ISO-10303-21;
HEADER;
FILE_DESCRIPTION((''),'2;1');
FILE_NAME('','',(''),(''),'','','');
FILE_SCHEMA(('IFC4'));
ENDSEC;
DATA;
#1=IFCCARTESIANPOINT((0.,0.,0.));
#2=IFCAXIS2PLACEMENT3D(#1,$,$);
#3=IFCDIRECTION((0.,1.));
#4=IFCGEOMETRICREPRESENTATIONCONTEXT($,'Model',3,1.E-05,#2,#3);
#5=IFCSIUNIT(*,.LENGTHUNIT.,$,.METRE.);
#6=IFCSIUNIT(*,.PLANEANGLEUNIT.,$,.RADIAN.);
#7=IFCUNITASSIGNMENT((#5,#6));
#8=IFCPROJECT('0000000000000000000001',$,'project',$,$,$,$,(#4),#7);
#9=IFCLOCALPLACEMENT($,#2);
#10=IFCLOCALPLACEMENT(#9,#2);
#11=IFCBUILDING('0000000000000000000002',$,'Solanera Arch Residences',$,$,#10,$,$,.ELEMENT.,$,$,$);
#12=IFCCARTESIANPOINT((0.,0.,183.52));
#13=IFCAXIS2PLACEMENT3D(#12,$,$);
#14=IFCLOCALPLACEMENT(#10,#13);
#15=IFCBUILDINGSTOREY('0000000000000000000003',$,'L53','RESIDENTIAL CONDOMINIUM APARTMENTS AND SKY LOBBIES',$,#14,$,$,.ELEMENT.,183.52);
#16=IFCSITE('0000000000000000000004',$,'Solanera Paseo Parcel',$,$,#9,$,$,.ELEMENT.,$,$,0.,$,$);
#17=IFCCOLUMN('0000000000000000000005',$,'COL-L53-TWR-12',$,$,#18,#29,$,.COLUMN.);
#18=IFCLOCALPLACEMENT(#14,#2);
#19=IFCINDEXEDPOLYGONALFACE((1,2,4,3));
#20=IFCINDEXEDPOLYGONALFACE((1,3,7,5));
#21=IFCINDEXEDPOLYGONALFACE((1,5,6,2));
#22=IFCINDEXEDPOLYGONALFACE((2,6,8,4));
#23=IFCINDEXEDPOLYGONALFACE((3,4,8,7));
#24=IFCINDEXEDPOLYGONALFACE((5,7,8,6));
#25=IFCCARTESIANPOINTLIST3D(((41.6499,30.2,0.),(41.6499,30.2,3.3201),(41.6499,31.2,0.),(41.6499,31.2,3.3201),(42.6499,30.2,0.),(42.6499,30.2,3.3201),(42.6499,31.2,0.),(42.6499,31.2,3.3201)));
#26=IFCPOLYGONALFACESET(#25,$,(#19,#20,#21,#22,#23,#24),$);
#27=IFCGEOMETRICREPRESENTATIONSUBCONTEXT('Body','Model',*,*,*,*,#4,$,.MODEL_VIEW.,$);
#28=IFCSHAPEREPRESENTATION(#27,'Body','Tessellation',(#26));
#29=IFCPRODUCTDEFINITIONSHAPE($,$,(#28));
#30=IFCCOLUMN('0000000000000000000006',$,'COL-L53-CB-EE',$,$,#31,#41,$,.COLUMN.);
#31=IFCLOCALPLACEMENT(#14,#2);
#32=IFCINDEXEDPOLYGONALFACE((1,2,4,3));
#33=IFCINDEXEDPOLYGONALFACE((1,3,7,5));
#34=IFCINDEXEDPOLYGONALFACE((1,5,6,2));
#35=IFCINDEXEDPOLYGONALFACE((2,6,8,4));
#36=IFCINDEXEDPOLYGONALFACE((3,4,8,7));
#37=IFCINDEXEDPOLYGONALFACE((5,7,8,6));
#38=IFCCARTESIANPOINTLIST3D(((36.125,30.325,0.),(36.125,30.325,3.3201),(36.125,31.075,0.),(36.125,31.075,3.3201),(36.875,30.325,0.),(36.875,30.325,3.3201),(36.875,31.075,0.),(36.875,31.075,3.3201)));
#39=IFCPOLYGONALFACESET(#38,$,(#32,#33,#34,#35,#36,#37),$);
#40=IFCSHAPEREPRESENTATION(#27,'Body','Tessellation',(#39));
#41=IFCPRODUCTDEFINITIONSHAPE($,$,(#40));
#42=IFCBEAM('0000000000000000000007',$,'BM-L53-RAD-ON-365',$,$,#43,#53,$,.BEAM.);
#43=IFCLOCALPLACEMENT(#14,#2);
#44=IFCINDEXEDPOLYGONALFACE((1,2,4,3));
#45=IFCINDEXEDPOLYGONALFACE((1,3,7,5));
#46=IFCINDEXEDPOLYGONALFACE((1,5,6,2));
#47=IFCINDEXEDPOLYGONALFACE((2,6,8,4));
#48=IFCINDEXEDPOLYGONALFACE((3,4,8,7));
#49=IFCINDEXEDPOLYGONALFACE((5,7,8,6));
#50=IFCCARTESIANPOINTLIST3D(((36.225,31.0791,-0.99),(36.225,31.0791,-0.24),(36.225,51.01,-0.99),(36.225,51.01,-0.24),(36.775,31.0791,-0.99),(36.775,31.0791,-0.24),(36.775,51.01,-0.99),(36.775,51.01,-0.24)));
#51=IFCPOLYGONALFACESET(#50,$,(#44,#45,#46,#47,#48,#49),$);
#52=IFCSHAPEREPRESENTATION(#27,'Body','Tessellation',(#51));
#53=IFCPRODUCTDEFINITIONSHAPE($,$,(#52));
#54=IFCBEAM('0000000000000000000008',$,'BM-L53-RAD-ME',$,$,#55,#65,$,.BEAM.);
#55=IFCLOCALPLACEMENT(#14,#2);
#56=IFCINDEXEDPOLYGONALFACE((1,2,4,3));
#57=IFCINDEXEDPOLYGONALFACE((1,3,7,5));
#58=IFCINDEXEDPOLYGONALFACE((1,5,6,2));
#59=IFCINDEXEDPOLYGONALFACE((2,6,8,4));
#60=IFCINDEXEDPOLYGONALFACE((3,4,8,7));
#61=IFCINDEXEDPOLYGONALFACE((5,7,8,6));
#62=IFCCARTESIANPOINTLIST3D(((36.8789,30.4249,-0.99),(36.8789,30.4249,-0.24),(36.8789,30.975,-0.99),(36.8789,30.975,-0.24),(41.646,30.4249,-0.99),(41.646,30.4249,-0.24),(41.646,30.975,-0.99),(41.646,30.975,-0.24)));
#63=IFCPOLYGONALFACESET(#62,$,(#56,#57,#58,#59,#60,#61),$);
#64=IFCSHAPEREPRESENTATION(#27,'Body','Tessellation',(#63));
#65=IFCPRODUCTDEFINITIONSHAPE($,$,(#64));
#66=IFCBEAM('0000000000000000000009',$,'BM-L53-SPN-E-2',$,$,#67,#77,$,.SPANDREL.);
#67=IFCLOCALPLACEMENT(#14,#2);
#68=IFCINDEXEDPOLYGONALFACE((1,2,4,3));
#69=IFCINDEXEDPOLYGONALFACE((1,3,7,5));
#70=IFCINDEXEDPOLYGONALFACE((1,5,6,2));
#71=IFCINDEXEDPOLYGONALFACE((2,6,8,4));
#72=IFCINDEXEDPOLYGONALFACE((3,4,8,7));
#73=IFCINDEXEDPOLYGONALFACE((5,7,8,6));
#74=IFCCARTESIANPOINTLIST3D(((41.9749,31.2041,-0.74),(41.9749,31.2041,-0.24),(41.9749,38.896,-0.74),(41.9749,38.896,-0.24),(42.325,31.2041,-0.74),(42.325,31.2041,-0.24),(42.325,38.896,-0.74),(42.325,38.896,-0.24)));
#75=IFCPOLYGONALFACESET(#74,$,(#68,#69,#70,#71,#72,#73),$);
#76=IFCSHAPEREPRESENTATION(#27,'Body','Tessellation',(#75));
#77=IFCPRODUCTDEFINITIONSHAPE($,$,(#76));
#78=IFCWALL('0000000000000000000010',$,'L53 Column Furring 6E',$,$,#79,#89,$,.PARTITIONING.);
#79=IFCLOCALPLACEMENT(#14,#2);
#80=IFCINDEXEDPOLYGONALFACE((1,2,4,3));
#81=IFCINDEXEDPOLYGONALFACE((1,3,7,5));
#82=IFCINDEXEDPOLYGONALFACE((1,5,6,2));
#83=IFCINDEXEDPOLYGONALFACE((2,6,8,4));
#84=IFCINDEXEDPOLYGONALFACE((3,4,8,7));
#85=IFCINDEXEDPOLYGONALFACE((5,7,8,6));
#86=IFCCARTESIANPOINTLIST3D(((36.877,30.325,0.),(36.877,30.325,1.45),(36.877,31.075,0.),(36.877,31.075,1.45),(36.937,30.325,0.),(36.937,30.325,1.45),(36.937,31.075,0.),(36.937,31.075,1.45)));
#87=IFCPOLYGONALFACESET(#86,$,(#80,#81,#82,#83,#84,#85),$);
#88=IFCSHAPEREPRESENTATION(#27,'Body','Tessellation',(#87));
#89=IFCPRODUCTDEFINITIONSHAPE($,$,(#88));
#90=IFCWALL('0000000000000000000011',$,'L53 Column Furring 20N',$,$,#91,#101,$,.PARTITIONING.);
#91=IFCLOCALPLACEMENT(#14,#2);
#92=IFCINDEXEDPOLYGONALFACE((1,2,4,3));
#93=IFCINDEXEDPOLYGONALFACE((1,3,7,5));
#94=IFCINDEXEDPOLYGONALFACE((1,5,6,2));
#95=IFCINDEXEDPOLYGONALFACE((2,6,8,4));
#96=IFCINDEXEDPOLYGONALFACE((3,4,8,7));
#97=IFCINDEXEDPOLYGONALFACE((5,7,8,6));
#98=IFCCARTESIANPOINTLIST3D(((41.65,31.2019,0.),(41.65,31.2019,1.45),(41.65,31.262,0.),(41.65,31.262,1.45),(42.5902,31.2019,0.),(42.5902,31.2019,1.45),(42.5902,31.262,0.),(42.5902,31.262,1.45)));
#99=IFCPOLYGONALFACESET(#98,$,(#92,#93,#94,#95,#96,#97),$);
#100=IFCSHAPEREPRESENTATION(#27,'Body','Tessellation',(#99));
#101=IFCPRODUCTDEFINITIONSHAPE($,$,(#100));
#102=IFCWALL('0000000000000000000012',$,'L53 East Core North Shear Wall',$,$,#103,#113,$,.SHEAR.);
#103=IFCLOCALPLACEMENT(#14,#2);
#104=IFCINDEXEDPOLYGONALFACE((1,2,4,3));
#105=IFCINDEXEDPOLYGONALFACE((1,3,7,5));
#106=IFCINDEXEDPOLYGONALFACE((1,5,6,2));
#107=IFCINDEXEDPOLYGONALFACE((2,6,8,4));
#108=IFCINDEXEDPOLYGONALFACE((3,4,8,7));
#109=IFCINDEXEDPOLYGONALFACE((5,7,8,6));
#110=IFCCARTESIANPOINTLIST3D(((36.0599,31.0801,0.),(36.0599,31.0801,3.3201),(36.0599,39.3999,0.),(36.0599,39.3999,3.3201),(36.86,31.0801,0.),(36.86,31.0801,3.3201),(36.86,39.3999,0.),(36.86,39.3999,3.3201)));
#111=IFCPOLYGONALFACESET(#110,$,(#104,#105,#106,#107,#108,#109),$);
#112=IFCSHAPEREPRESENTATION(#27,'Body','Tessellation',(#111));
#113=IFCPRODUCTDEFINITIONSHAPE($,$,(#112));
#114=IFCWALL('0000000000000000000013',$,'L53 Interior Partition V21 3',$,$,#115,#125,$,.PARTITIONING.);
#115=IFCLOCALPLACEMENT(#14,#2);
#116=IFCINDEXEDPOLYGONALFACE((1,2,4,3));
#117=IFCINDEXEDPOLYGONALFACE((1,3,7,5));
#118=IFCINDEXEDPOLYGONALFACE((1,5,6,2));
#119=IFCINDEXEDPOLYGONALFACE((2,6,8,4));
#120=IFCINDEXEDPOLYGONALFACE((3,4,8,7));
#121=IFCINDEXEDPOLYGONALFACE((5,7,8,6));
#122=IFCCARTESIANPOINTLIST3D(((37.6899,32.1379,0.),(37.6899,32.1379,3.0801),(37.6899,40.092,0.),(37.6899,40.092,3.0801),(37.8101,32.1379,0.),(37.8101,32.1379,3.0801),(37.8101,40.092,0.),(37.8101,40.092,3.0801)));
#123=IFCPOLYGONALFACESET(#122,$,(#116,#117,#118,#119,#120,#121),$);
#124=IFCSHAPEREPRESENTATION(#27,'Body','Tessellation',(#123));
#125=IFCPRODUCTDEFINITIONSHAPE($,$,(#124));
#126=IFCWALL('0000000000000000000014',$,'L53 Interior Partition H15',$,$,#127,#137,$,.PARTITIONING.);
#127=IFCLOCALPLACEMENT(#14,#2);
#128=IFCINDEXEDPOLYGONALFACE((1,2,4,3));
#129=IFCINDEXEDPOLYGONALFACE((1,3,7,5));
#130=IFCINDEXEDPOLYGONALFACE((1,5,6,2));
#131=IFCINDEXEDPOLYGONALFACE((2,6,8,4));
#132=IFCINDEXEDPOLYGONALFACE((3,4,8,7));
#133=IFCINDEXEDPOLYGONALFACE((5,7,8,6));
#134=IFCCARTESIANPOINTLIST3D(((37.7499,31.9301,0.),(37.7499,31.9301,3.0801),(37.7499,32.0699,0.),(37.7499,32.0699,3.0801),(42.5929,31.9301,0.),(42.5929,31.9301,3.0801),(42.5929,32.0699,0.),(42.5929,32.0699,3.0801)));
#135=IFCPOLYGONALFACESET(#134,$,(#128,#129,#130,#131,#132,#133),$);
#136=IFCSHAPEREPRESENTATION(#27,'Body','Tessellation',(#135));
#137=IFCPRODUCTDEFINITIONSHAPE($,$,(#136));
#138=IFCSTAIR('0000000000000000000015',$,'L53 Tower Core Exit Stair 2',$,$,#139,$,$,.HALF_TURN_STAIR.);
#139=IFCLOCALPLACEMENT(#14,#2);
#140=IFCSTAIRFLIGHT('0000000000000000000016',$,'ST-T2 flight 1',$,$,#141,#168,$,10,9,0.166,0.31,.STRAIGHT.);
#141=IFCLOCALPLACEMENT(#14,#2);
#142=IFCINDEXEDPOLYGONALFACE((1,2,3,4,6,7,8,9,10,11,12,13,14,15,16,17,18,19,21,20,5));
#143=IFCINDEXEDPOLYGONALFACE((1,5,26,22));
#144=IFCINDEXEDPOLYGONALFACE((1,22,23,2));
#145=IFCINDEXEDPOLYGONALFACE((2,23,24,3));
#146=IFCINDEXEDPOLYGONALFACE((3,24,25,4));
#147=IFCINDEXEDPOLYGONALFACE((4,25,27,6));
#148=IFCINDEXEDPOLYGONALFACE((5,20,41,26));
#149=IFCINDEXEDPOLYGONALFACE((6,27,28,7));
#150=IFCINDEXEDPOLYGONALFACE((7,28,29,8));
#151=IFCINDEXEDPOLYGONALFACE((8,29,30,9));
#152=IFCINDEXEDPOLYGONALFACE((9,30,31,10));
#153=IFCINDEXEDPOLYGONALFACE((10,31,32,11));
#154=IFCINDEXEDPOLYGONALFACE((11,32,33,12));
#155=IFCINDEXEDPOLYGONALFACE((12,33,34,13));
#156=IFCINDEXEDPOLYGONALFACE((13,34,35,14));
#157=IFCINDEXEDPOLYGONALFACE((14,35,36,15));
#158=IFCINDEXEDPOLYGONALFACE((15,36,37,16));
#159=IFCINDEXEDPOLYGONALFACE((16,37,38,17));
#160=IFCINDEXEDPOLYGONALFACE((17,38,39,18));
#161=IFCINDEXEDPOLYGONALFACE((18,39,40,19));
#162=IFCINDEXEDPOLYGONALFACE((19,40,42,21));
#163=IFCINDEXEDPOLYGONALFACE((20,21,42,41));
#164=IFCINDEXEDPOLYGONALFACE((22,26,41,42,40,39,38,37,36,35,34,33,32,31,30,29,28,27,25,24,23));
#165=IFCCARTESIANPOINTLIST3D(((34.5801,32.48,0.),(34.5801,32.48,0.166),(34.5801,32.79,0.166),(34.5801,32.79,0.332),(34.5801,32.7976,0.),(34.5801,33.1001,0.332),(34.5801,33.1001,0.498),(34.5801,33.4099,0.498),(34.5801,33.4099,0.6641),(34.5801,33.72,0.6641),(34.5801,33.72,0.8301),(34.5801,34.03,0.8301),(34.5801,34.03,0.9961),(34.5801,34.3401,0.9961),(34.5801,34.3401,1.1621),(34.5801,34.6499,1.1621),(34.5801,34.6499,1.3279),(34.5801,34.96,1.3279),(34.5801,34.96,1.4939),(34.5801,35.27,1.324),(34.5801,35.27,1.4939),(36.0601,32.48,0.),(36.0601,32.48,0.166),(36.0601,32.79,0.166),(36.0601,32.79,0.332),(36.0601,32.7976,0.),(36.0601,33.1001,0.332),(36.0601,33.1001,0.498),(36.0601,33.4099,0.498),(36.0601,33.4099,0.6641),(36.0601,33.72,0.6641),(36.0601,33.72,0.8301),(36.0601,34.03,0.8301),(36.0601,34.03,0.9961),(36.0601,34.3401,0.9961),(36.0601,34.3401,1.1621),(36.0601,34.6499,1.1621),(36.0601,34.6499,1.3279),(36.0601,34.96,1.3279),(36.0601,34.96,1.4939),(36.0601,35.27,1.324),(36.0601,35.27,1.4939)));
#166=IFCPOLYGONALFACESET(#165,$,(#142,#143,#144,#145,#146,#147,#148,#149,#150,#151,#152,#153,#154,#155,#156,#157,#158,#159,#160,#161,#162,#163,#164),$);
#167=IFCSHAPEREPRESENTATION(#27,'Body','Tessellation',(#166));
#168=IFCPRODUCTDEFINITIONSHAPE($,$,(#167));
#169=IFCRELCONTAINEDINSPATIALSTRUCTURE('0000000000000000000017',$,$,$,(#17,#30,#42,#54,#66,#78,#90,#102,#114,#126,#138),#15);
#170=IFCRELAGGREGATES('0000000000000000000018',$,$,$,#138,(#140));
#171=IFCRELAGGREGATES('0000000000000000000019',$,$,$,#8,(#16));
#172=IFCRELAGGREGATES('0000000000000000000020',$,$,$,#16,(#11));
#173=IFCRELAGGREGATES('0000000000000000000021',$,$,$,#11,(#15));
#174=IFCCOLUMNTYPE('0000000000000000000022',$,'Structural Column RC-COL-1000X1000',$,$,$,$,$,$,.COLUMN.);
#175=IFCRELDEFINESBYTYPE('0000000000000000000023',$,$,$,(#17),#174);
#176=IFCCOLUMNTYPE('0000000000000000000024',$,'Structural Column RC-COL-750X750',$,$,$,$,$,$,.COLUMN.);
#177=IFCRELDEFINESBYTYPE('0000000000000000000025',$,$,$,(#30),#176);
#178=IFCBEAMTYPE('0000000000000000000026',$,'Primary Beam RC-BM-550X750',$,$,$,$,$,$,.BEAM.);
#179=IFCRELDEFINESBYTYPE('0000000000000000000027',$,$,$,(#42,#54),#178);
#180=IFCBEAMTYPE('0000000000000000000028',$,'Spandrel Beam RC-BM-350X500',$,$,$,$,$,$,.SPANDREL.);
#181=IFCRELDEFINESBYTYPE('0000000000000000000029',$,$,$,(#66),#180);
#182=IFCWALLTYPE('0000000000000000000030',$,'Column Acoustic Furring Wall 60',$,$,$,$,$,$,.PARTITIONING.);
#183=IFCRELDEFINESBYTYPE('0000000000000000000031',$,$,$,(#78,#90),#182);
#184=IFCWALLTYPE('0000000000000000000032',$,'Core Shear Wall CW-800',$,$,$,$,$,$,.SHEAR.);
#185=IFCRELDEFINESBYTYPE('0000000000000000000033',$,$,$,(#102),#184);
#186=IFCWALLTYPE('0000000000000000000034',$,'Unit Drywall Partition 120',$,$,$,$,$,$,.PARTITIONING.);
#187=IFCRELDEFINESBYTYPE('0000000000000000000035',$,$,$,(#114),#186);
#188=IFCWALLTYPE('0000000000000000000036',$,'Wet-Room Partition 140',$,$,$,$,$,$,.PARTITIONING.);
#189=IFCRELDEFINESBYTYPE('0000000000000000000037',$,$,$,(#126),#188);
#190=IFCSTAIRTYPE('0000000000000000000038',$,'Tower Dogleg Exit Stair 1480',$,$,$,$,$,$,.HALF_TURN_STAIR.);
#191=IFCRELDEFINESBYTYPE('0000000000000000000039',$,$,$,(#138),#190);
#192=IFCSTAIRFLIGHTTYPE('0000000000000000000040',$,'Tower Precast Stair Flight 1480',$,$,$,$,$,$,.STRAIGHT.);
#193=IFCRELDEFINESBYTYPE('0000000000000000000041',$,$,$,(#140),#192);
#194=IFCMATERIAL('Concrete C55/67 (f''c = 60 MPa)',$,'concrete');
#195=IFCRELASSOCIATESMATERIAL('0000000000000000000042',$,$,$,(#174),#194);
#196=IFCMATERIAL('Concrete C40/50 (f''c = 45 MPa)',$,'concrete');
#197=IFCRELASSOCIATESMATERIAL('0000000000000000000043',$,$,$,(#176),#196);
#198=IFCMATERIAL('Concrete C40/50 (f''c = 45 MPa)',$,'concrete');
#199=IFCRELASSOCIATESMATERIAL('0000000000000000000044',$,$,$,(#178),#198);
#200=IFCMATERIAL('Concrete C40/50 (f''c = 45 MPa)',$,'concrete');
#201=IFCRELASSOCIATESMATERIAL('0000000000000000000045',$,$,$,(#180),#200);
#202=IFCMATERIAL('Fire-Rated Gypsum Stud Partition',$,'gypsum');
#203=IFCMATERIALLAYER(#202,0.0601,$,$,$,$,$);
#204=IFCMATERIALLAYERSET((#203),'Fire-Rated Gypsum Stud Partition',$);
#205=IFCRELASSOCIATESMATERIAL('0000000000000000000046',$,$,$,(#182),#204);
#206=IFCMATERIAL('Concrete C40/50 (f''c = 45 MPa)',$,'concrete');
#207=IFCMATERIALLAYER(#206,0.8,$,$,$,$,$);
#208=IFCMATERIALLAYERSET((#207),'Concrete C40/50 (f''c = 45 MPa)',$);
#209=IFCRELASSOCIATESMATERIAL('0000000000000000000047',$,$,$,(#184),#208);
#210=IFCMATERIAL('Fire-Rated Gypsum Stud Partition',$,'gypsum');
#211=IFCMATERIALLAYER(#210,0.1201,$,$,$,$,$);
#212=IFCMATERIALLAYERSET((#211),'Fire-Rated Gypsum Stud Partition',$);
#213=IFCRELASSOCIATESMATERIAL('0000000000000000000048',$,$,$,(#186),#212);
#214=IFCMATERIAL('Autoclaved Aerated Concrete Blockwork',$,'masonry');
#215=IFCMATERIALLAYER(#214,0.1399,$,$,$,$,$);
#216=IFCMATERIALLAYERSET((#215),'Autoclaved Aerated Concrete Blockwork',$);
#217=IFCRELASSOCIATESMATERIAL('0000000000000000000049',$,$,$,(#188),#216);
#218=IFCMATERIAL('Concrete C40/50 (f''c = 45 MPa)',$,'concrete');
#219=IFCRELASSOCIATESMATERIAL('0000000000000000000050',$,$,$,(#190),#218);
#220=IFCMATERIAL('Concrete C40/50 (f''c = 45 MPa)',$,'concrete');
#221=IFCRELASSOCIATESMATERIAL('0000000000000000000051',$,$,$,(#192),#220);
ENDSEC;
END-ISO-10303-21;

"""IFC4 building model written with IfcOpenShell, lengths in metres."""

from ifc_helpers import new_model, si_unit, direction, frame, frame_2d, origin, origin_2d, place, context, subcontext, project, spatial, polyline, rectangle, outline, extrude, material, layer, layer_set, material_profile, profile_set, type_object, element, aggregate, save


model = new_model("IFC4")

# Units and contexts
model_context = context("Model", 3, precision=1e-05, world=origin(), true_north=direction((0.0, 1.0)))
body_context = subcontext(model_context, "Body", "Model", "MODEL_VIEW")
ifc_project = project(units=[si_unit("LENGTHUNIT", "METRE"), si_unit("PLANEANGLEUNIT", "RADIAN")], contexts=[model_context])

# Site, building, storey
site_placement = place(None, origin())
site = spatial("IfcSite", under=ifc_project, at=site_placement, Name="Solanera Paseo Parcel", CompositionType="ELEMENT", RefElevation=0.0)
building_placement = place(site_placement, origin())
building = spatial("IfcBuilding", under=site, at=building_placement, Name="Solanera Arch Residences", CompositionType="ELEMENT")
storey_placement = place(building_placement, frame((0.0, 0.0, 183.52)))
storey = spatial("IfcBuildingStorey", under=building, at=storey_placement, Name="L53", Description="RESIDENTIAL CONDOMINIUM APARTMENTS AND SKY LOBBIES", CompositionType="ELEMENT", Elevation=183.52)

# Columns
ifc_material_1 = material(Name="Concrete C55/67 (f'c = 60 MPa)", Category="concrete")
ifc_material_profile_1 = material_profile(ifc_material_1, rectangle(XDim=1.0, YDim=1.0, at=origin_2d()))
ifc_profile_set_1 = profile_set([ifc_material_profile_1], Name="Concrete C55/67 (f'c = 60 MPa)")
column_type_1 = type_object("IfcColumnType", Name="Structural Column RC-COL-1000X1000", PredefinedType="COLUMN", material=ifc_profile_set_1)
column_1_placement = place(storey_placement, frame((42.1499, 30.7, 0.0), z_axis=(0.0, 0.0, 1.0), x_axis=(1.0, 0.0, 0.0)))
element("IfcColumn", 1, at=column_1_placement, inside=storey, type_object=column_type_1, Name="COL-L53-TWR-12", PredefinedType="COLUMN", context=body_context, shape_type="SweptSolid", body=[
    extrude(rectangle(XDim=1.0, YDim=1.0, at=origin_2d()), origin(), (0.0, 0.0, 1.0), 3.3201),
])
ifc_material_2 = material(Name="Concrete C40/50 (f'c = 45 MPa)", Category="concrete")
ifc_material_profile_2 = material_profile(ifc_material_2, rectangle(XDim=0.75, YDim=0.75, at=origin_2d()))
ifc_profile_set_2 = profile_set([ifc_material_profile_2], Name="Concrete C40/50 (f'c = 45 MPa)")
column_type_2 = type_object("IfcColumnType", Name="Structural Column RC-COL-750X750", PredefinedType="COLUMN", material=ifc_profile_set_2)
column_2_placement = place(storey_placement, frame((36.5, 30.7, 0.0), z_axis=(0.0, 0.0, 1.0), x_axis=(1.0, 0.0, 0.0)))
element("IfcColumn", 2, at=column_2_placement, inside=storey, type_object=column_type_2, Name="COL-L53-CB-EE", PredefinedType="COLUMN", context=body_context, shape_type="SweptSolid", body=[
    extrude(rectangle(XDim=0.75, YDim=0.75, at=origin_2d()), origin(), (0.0, 0.0, 1.0), 3.3201),
])

# Beams
ifc_material_3 = material(Name="Concrete C40/50 (f'c = 45 MPa)", Category="concrete")
ifc_material_profile_3 = material_profile(ifc_material_3, rectangle(XDim=0.55, YDim=0.75, at=origin_2d()))
ifc_profile_set_3 = profile_set([ifc_material_profile_3], Name="Concrete C40/50 (f'c = 45 MPa)")
beam_type_1 = type_object("IfcBeamType", Name="Primary Beam RC-BM-550X750", PredefinedType="BEAM", material=ifc_profile_set_3)
beam_1_placement = place(storey_placement, frame((36.5, 31.0791, -0.615), z_axis=(0.0, 1.0, 0.0), x_axis=(-1.0, 0.0, 0.0)))
element("IfcBeam", 3, at=beam_1_placement, inside=storey, type_object=beam_type_1, Name="BM-L53-RAD-ON-365", PredefinedType="BEAM", context=body_context, shape_type="SweptSolid", body=[
    extrude(rectangle(XDim=0.55, YDim=0.75, at=origin_2d()), origin(), (0.0, 0.0, 1.0), 19.9309),
])
beam_2_placement = place(storey_placement, frame((36.8789, 30.7, -0.615), z_axis=(1.0, 0.0, 0.0), x_axis=(0.0, 1.0, 0.0)))
element("IfcBeam", 4, at=beam_2_placement, inside=storey, type_object=beam_type_1, Name="BM-L53-RAD-ME", PredefinedType="BEAM", context=body_context, shape_type="SweptSolid", body=[
    extrude(rectangle(XDim=0.55, YDim=0.75, at=origin_2d()), origin(), (0.0, 0.0, 1.0), 4.7671),
])
ifc_material_4 = material(Name="Concrete C40/50 (f'c = 45 MPa)", Category="concrete")
ifc_material_profile_4 = material_profile(ifc_material_4, rectangle(XDim=0.3501, YDim=0.5, at=origin_2d()))
ifc_profile_set_4 = profile_set([ifc_material_profile_4], Name="Concrete C40/50 (f'c = 45 MPa)")
beam_type_2 = type_object("IfcBeamType", Name="Spandrel Beam RC-BM-350X500", PredefinedType="SPANDREL", material=ifc_profile_set_4)
beam_3_placement = place(storey_placement, frame((42.1499, 31.2041, -0.49), z_axis=(0.0, 1.0, 0.0), x_axis=(-1.0, 0.0, 0.0)))
element("IfcBeam", 5, at=beam_3_placement, inside=storey, type_object=beam_type_2, Name="BM-L53-SPN-E-2", PredefinedType="SPANDREL", context=body_context, shape_type="SweptSolid", body=[
    extrude(rectangle(XDim=0.3501, YDim=0.5, at=origin_2d()), origin(), (0.0, 0.0, 1.0), 7.6919),
])

# Walls
ifc_material_5 = material(Name="Fire-Rated Gypsum Stud Partition", Category="gypsum")
ifc_layer_1 = layer(ifc_material_5, 0.0601)
ifc_layer_set_1 = layer_set([ifc_layer_1], Name="Fire-Rated Gypsum Stud Partition")
wall_type_1 = type_object("IfcWallType", Name="Column Acoustic Furring Wall 60", PredefinedType="PARTITIONING", material=ifc_layer_set_1)
wall_1_placement = place(storey_placement, frame((36.907, 30.325, 0.0), z_axis=(0.0, 0.0, 1.0), x_axis=(0.0, 1.0, 0.0)))
element("IfcWall", 6, at=wall_1_placement, inside=storey, type_object=wall_type_1, Name="L53 Column Furring 6E", PredefinedType="PARTITIONING", context=body_context, shape_type="SweptSolid", body=[
    extrude(rectangle(XDim=0.75, YDim=0.0601, at=frame_2d((0.375, 0.0))), origin(), (0.0, 0.0, 1.0), 1.45),
])
wall_2_placement = place(storey_placement, frame((41.6499, 31.2319, 0.0), z_axis=(0.0, 0.0, 1.0), x_axis=(1.0, 0.0, 0.0)))
element("IfcWall", 7, at=wall_2_placement, inside=storey, type_object=wall_type_1, Name="L53 Column Furring 20N", PredefinedType="PARTITIONING", context=body_context, shape_type="SweptSolid", body=[
    extrude(rectangle(XDim=0.9402, YDim=0.0601, at=frame_2d((0.4702, 0.0))), origin(), (0.0, 0.0, 1.0), 1.45),
])
ifc_material_6 = material(Name="Concrete C40/50 (f'c = 45 MPa)", Category="concrete")
ifc_layer_2 = layer(ifc_material_6, 0.8)
ifc_layer_set_2 = layer_set([ifc_layer_2], Name="Concrete C40/50 (f'c = 45 MPa)")
wall_type_2 = type_object("IfcWallType", Name="Core Shear Wall CW-800", PredefinedType="SHEAR", material=ifc_layer_set_2)
wall_3_placement = place(storey_placement, frame((36.46, 31.0801, 0.0), z_axis=(0.0, 0.0, 1.0), x_axis=(0.0, 1.0, 0.0)))
element("IfcWall", 8, at=wall_3_placement, inside=storey, type_object=wall_type_2, Name="L53 East Core North Shear Wall", PredefinedType="SHEAR", context=body_context, shape_type="SweptSolid", body=[
    extrude(rectangle(XDim=8.3198, YDim=0.8, at=frame_2d((4.1599, 0.0))), origin(), (0.0, 0.0, 1.0), 3.3201),
])
ifc_material_7 = material(Name="Fire-Rated Gypsum Stud Partition", Category="gypsum")
ifc_layer_3 = layer(ifc_material_7, 0.1201)
ifc_layer_set_3 = layer_set([ifc_layer_3], Name="Fire-Rated Gypsum Stud Partition")
wall_type_3 = type_object("IfcWallType", Name="Unit Drywall Partition 120", PredefinedType="PARTITIONING", material=ifc_layer_set_3)
wall_4_placement = place(storey_placement, frame((37.75, 32.1379, 0.0), z_axis=(0.0, 0.0, 1.0), x_axis=(0.0, 1.0, 0.0)))
element("IfcWall", 9, at=wall_4_placement, inside=storey, type_object=wall_type_3, Name="L53 Interior Partition V21 3", PredefinedType="PARTITIONING", context=body_context, shape_type="SweptSolid", body=[
    extrude(rectangle(XDim=7.9541, YDim=0.1201, at=frame_2d((3.9771, 0.0))), origin(), (0.0, 0.0, 1.0), 3.0801),
])
ifc_material_8 = material(Name="Autoclaved Aerated Concrete Blockwork", Category="masonry")
ifc_layer_4 = layer(ifc_material_8, 0.1399)
ifc_layer_set_4 = layer_set([ifc_layer_4], Name="Autoclaved Aerated Concrete Blockwork")
wall_type_4 = type_object("IfcWallType", Name="Wet-Room Partition 140", PredefinedType="PARTITIONING", material=ifc_layer_set_4)
wall_5_placement = place(storey_placement, frame((37.75, 32.0, 0.0), z_axis=(0.0, 0.0, 1.0), x_axis=(1.0, 0.0, 0.0)))
element("IfcWall", 10, at=wall_5_placement, inside=storey, type_object=wall_type_4, Name="L53 Interior Partition H15", PredefinedType="PARTITIONING", context=body_context, shape_type="SweptSolid", body=[
    extrude(rectangle(XDim=4.843, YDim=0.1399, at=frame_2d((2.4214, 0.0))), origin(), (0.0, 0.0, 1.0), 3.0801),
])

# Stair, stair flight
ifc_material_9 = material(Name="Concrete C40/50 (f'c = 45 MPa)", Category="concrete")
stair_type = type_object("IfcStairType", Name="Tower Dogleg Exit Stair 1480", PredefinedType="HALF_TURN_STAIR", material=ifc_material_9)
stair_placement = place(storey_placement, origin())
stair = element("IfcStair", 11, at=stair_placement, inside=storey, type_object=stair_type, Name="L53 Tower Core Exit Stair 2", PredefinedType="HALF_TURN_STAIR")
ifc_material_10 = material(Name="Concrete C40/50 (f'c = 45 MPa)", Category="concrete")
stair_flight_type = type_object("IfcStairFlightType", Name="Tower Precast Stair Flight 1480", PredefinedType="STRAIGHT", material=ifc_material_10)
stair_flight_1_placement = place(storey_placement, frame((35.3201, 32.48, 0.0), z_axis=(0.0, 0.0, 1.0), x_axis=(0.0, 1.0, 0.0)))
stair_flight_1 = element("IfcStairFlight", 12, at=stair_flight_1_placement, type_object=stair_flight_type, Name="ST-T2 flight 1", NumberOfRisers=10, NumberOfTreads=9, PredefinedType="STRAIGHT", RiserHeight=0.166, TreadLength=0.31, context=body_context, shape_type="SweptSolid", body=[
    extrude(outline(polyline([(0.0, 0.0), (0.0, 0.166), (0.3101, 0.166), (0.3101, 0.332), (0.6201, 0.332), (0.6201, 0.498), (0.9299, 0.498), (0.9299, 0.6641), (1.24, 0.6641), (1.24, 0.8301), (1.55, 0.8301), (1.55, 0.9961), (1.8601, 0.9961), (1.8601, 1.1621), (2.1699, 1.1621), (2.1699, 1.3279), (2.48, 1.3279), (2.48, 1.4939), (2.79, 1.4939), (2.79, 1.6599), (2.79, 1.324), (0.3176, 0.0), (0.0, 0.0)])), frame((0.0, 0.74, 0.0), z_axis=(0.0, -1.0, 0.0), x_axis=(1.0, 0.0, 0.0)), (0.0, 0.0, 1.0), 1.48),
])
aggregate(stair, [stair_flight_1])

save(model, "model.ifc")
